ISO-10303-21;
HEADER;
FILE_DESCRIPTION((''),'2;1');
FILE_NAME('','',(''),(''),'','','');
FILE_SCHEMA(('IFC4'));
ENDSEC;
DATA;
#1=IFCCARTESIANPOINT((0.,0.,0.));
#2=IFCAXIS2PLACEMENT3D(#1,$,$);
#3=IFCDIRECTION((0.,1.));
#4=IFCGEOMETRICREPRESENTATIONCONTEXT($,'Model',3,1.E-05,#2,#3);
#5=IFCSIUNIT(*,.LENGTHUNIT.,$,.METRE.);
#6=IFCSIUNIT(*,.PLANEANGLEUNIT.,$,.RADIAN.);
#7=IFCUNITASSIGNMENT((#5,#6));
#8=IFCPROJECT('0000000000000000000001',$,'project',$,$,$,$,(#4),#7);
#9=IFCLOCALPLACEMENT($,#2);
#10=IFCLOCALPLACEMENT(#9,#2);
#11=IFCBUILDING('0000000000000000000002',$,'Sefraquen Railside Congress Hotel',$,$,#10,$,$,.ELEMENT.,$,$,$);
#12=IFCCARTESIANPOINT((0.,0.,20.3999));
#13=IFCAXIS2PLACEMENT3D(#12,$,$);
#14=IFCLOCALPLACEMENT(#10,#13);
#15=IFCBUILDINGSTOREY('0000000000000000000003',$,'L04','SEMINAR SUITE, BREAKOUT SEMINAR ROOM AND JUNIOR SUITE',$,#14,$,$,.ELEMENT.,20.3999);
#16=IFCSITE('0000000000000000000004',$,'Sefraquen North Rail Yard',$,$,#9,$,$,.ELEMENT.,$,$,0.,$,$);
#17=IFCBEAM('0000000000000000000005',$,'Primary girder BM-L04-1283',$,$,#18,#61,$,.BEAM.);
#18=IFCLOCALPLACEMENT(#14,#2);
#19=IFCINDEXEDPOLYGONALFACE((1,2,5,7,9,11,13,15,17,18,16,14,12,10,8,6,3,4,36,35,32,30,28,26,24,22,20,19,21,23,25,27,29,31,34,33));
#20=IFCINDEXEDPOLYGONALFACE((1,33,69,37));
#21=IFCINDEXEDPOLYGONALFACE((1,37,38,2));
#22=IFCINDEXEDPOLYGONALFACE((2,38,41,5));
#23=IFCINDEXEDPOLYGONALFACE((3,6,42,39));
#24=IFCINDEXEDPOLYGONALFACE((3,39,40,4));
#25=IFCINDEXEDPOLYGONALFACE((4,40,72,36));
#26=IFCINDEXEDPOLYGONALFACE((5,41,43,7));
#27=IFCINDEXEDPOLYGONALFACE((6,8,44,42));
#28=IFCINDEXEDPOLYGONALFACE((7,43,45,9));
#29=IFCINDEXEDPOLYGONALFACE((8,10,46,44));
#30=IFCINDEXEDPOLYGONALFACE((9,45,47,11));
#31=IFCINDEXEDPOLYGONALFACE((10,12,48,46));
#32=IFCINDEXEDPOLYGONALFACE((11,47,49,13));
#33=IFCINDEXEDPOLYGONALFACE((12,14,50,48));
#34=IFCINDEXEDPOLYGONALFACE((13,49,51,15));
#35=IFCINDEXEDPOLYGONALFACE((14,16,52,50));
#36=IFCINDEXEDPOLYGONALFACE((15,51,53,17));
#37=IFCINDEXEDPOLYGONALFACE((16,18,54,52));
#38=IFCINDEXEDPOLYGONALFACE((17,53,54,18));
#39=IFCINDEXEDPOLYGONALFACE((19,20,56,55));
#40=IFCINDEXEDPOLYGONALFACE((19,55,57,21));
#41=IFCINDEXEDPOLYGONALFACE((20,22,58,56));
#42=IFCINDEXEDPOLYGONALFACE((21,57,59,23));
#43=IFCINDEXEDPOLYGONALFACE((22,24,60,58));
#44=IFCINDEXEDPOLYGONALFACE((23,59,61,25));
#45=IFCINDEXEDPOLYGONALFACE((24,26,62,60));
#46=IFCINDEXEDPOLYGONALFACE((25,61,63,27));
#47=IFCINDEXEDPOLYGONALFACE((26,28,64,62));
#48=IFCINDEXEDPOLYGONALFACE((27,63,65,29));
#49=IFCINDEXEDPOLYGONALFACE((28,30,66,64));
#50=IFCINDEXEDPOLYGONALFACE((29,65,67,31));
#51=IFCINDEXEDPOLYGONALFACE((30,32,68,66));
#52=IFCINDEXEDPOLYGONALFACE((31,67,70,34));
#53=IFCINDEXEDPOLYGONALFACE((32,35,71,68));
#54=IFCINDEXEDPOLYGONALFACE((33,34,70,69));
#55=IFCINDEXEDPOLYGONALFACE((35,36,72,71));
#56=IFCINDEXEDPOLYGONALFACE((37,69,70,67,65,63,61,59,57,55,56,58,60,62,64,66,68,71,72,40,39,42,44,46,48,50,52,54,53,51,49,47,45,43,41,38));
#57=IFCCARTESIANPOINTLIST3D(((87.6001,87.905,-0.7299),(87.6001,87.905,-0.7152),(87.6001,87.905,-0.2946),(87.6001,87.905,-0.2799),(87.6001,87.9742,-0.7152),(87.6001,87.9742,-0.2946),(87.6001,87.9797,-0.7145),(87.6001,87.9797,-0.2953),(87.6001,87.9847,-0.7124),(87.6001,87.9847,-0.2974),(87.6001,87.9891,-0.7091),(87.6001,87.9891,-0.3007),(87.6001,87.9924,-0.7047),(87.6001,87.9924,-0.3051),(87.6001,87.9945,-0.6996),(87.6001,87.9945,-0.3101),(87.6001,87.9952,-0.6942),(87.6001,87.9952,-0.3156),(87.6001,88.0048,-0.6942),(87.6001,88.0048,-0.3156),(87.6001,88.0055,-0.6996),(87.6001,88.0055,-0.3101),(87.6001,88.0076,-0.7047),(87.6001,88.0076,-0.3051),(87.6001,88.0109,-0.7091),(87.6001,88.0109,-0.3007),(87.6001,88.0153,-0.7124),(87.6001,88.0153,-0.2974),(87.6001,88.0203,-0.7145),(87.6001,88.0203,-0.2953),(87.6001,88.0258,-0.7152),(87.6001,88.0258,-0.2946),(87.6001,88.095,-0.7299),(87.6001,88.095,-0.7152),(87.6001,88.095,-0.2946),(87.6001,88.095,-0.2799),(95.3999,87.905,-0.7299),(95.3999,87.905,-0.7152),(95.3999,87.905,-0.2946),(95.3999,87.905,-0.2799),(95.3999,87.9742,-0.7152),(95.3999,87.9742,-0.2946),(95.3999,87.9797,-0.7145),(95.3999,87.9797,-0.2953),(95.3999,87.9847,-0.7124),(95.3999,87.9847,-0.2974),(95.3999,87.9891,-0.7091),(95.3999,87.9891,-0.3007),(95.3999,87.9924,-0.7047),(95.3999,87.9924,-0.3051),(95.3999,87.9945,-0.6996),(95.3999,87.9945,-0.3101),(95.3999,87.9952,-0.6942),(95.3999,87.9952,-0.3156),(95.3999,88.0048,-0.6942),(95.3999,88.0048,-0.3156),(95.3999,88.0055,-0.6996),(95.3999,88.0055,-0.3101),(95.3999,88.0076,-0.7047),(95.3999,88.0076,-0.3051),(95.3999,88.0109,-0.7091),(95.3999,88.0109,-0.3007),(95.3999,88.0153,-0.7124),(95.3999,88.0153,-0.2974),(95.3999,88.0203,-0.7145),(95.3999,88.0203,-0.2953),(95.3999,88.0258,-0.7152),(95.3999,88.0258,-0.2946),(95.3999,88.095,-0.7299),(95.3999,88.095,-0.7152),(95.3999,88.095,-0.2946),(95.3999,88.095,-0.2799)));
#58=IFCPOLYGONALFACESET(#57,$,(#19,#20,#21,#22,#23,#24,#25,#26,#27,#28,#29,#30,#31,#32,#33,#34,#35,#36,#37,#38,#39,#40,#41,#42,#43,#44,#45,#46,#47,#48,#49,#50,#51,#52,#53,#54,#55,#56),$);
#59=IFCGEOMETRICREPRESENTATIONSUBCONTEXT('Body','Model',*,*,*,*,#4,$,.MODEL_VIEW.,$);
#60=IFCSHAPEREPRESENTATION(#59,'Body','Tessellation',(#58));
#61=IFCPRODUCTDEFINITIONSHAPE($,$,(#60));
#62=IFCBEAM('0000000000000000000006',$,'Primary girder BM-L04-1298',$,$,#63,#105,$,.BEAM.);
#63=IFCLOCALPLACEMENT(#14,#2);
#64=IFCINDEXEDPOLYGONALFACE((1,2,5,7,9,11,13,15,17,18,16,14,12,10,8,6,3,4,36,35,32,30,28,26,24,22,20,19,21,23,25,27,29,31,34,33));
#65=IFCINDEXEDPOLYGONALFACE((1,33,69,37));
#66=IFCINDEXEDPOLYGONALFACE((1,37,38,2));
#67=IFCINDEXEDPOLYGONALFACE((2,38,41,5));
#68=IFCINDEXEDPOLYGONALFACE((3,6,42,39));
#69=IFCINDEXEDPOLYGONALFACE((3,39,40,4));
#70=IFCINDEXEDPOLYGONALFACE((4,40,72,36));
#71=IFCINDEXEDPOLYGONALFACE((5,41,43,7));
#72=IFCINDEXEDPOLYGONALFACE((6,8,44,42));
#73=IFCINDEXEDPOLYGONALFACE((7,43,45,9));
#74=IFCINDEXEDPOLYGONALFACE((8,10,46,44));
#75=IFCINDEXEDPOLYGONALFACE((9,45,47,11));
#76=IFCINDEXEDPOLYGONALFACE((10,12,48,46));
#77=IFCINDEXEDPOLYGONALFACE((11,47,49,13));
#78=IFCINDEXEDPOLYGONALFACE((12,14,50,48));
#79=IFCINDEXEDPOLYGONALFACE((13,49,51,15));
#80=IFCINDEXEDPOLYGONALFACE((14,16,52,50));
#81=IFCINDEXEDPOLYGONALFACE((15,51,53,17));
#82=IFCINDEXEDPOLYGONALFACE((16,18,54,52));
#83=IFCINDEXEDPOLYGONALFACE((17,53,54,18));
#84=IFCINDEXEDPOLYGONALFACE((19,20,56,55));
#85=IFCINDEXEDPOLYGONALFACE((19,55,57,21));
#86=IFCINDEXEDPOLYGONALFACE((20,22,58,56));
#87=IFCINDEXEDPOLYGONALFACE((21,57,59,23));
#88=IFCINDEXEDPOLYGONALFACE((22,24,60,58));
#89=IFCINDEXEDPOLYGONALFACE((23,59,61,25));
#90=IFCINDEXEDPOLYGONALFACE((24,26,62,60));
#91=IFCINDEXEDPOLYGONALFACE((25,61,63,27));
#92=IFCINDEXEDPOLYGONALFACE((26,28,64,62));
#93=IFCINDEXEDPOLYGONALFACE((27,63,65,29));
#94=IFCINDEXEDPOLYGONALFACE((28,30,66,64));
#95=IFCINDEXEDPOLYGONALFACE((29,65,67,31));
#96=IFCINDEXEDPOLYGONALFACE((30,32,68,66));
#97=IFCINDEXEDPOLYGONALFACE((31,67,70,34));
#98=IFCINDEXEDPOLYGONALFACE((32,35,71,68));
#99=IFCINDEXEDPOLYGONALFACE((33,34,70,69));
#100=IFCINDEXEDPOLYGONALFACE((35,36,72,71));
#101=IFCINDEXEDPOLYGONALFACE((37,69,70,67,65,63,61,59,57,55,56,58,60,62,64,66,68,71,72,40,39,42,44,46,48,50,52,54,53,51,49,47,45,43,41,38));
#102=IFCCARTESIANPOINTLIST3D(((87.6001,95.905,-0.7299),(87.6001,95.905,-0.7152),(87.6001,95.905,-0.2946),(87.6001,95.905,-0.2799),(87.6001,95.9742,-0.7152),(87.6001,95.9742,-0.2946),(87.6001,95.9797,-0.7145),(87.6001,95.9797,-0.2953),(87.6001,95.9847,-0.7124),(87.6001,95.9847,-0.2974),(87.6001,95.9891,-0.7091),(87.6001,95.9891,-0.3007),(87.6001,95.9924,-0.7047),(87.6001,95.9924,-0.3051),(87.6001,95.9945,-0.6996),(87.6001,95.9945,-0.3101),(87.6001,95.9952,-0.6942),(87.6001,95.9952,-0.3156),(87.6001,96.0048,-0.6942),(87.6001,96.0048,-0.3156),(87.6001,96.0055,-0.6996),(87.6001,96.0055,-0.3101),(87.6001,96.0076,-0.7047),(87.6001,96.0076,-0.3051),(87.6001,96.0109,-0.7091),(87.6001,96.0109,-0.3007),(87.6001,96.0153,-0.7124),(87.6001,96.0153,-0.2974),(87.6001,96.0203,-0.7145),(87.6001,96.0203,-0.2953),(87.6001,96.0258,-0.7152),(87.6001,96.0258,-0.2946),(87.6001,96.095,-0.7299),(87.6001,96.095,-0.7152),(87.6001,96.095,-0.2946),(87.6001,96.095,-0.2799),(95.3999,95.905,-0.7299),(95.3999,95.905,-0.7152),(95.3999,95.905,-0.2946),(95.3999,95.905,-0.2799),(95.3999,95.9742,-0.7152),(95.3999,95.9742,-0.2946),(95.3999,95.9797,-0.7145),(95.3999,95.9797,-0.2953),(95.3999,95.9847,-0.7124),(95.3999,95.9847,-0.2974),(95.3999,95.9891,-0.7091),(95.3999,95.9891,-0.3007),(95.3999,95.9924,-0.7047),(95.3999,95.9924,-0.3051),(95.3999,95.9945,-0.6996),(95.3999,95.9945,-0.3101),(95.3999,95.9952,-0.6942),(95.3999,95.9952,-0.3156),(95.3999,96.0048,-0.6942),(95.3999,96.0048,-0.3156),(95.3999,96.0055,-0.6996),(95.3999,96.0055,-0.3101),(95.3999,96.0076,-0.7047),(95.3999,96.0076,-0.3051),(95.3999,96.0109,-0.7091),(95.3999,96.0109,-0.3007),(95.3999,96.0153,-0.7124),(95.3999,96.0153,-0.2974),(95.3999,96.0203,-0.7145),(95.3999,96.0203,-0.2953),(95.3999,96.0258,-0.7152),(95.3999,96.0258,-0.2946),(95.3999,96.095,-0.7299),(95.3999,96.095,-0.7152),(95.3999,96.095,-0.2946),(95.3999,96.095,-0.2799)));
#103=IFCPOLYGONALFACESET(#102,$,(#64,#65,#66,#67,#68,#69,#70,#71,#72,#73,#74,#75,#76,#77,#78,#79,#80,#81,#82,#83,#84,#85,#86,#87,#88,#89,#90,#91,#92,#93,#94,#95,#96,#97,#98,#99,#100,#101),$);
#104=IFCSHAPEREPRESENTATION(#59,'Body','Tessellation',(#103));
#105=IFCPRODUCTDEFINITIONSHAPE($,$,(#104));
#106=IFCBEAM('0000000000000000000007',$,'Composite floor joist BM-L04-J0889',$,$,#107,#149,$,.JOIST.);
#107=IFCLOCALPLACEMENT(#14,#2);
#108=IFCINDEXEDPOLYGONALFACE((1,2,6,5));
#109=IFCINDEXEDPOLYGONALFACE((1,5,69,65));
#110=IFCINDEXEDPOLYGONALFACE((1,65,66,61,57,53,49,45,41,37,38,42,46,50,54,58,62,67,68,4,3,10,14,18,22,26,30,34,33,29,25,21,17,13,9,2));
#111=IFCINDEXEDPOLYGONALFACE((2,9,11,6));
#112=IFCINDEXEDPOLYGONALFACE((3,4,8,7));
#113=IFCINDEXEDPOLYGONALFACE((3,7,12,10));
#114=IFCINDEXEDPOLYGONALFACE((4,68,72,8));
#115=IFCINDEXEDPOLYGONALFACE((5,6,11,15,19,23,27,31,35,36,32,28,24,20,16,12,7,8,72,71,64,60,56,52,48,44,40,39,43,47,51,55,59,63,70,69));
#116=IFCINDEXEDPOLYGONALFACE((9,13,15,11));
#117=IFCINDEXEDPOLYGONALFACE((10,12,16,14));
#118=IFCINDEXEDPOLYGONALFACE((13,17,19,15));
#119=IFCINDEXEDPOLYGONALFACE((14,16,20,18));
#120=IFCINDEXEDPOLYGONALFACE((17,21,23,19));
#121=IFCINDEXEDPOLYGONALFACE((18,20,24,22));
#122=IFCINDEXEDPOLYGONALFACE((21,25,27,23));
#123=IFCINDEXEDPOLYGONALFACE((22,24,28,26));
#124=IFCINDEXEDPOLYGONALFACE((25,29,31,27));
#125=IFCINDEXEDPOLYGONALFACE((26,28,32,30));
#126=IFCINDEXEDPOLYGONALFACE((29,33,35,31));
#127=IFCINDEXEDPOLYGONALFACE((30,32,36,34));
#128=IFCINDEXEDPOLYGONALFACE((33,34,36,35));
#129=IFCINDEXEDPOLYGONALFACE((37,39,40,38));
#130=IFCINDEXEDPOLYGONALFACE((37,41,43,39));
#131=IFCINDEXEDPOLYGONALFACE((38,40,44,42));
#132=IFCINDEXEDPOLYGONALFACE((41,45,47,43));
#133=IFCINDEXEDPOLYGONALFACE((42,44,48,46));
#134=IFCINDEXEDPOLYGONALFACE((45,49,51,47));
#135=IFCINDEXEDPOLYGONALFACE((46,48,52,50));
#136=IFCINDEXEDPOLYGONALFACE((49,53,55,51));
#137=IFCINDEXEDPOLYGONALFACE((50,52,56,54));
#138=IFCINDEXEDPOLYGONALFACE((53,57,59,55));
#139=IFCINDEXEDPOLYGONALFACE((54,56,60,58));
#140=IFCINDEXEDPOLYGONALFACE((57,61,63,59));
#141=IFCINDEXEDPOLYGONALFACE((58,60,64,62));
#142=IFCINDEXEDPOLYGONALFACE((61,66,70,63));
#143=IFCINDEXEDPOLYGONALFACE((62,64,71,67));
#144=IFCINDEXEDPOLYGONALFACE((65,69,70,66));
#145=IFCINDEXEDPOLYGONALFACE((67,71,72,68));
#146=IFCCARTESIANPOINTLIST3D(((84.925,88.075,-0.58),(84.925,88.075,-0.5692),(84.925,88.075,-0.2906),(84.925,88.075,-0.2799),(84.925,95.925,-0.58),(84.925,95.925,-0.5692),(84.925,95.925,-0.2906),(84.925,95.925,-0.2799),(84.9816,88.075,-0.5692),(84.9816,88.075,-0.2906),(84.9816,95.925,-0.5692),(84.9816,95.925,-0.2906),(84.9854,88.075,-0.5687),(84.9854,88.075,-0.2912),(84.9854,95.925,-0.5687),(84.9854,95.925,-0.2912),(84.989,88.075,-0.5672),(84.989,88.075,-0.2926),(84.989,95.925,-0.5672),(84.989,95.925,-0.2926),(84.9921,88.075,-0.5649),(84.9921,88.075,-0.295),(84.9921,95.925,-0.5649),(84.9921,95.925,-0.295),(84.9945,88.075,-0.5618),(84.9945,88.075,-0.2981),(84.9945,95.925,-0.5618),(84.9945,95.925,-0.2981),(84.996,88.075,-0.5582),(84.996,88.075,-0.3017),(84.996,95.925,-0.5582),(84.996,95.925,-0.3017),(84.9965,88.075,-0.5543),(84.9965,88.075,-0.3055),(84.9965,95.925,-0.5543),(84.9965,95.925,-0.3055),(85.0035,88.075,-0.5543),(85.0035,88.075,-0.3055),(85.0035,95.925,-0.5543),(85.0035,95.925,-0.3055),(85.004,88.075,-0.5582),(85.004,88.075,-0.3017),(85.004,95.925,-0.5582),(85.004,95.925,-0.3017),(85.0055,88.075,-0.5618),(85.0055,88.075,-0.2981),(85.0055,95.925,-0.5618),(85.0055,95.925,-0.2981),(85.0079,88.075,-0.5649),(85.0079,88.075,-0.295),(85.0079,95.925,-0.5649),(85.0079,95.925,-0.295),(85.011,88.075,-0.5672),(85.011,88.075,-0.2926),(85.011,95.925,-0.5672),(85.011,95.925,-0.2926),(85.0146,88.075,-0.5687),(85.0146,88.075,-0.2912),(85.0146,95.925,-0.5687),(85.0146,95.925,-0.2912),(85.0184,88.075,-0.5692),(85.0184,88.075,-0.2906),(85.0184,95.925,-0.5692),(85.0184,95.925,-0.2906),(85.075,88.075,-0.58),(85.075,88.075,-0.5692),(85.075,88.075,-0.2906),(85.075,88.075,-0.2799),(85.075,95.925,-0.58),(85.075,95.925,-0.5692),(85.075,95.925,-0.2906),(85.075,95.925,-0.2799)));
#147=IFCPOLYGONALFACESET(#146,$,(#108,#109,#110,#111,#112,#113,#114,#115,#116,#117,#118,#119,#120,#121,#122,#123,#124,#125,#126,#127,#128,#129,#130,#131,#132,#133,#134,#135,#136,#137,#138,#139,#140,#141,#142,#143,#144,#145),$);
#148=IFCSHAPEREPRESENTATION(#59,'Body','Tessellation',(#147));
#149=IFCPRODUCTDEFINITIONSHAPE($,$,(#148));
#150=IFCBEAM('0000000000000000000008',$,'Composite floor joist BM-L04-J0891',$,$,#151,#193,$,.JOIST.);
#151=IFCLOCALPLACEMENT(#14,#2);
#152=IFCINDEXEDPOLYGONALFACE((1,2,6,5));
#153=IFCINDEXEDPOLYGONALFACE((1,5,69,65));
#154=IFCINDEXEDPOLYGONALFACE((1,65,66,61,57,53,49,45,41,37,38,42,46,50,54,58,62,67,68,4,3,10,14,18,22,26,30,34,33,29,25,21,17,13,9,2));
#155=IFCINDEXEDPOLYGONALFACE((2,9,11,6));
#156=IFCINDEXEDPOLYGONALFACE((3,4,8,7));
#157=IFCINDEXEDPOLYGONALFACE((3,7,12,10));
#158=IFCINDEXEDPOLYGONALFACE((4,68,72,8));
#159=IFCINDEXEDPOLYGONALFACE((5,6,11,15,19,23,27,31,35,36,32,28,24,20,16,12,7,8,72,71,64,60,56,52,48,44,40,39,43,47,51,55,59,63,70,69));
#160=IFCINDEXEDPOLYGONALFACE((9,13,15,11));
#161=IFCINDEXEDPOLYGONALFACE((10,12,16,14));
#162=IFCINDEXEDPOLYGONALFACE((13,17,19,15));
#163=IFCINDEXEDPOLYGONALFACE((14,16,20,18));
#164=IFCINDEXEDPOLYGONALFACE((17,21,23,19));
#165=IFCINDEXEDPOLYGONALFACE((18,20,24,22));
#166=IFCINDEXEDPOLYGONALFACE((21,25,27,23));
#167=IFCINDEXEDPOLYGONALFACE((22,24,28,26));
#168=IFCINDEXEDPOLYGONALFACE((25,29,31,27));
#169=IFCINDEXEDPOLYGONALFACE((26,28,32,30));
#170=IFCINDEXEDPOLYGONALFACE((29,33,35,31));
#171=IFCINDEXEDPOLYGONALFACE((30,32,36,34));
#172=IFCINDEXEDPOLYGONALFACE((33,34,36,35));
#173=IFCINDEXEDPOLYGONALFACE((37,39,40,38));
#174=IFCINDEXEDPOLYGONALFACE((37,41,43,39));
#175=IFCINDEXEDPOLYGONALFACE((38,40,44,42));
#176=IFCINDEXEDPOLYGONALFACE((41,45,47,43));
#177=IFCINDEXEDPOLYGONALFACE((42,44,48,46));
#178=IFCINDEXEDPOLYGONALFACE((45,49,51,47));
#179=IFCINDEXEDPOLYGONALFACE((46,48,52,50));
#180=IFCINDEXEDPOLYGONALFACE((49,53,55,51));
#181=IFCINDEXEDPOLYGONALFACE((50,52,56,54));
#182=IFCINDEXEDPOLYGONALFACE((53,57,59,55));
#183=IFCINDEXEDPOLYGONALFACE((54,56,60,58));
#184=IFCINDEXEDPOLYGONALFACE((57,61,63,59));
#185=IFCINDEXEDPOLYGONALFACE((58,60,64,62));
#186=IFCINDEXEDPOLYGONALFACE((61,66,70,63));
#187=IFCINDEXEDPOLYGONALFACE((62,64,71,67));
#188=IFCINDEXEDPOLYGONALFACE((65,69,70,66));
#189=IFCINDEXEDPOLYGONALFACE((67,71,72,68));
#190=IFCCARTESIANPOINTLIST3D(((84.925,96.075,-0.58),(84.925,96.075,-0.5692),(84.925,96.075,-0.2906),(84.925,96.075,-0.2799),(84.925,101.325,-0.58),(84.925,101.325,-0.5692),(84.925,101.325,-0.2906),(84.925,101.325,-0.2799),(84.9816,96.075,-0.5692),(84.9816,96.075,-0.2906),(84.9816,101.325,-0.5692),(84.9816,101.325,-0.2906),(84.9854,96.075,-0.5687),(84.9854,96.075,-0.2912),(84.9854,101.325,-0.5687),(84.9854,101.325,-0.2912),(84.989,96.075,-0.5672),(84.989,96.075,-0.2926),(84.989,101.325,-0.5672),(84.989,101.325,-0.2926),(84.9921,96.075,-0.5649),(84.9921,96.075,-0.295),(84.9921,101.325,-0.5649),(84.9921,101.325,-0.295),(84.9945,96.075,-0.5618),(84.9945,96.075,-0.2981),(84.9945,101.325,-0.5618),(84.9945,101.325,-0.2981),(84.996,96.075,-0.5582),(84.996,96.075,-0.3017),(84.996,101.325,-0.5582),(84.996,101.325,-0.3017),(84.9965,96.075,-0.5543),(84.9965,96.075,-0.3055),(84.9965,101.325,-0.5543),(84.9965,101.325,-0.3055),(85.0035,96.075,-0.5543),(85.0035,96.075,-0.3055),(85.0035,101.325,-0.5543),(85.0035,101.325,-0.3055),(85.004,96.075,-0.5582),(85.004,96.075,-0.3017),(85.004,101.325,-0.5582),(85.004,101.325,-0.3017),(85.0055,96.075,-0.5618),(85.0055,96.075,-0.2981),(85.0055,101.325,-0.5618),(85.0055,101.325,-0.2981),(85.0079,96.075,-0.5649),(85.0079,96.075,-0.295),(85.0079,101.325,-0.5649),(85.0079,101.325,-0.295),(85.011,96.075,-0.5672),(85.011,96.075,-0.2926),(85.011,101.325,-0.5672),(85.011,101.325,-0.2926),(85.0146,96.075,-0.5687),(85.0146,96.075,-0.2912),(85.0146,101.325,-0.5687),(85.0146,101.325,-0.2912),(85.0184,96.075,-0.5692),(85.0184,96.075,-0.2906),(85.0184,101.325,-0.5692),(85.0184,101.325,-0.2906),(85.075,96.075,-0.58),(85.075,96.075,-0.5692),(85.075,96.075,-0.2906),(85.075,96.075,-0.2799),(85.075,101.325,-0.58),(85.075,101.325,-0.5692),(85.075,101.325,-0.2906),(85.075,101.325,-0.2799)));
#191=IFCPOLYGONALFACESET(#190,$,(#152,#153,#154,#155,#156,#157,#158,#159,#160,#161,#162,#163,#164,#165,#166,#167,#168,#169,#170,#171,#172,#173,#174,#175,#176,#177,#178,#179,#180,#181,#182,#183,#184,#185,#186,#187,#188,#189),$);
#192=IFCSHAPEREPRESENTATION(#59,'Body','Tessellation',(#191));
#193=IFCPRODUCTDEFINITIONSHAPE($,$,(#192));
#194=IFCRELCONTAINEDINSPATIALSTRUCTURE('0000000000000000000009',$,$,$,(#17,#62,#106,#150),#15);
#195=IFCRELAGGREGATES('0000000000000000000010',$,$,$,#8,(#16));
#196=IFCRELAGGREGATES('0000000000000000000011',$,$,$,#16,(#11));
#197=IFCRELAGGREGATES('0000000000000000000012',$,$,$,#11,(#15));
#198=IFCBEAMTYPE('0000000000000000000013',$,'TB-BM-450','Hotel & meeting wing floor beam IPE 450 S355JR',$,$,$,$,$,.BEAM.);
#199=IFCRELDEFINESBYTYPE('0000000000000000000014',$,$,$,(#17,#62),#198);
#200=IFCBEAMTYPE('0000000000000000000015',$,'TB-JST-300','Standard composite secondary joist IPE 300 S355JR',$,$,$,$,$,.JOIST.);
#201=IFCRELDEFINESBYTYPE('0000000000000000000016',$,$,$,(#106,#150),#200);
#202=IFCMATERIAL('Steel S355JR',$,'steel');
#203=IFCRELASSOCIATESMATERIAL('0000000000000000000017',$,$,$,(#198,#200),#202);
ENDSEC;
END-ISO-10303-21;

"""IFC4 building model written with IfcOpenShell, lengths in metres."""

from ifc_helpers import new_model, si_unit, direction, frame, origin, origin_2d, place, context, subcontext, project, spatial, i_section, extrude, material, material_profile, profile_set, type_object, element, save


model = new_model("IFC4")

# Units and contexts
model_context = context("Model", 3, precision=1e-05, world=origin(), true_north=direction((0.0, 1.0)))
body_context = subcontext(model_context, "Body", "Model", "MODEL_VIEW")
ifc_project = project(units=[si_unit("LENGTHUNIT", "METRE"), si_unit("PLANEANGLEUNIT", "RADIAN")], contexts=[model_context])

# Site, building, storey
site_placement = place(None, origin())
site = spatial("IfcSite", under=ifc_project, at=site_placement, Name="Sefraquen North Rail Yard", CompositionType="ELEMENT", RefElevation=0.0)
building_placement = place(site_placement, origin())
building = spatial("IfcBuilding", under=site, at=building_placement, Name="Sefraquen Railside Congress Hotel", CompositionType="ELEMENT")
storey_placement = place(building_placement, frame((0.0, 0.0, 20.3999)))
storey = spatial("IfcBuildingStorey", under=building, at=storey_placement, Name="L04", Description="SEMINAR SUITE, BREAKOUT SEMINAR ROOM AND JUNIOR SUITE", CompositionType="ELEMENT", Elevation=20.3999)

# Shared definitions
ifc_material_1 = material(Name="Steel S355JR", Category="steel")

# Beams
ifc_material_profile_1 = material_profile(ifc_material_1, i_section(OverallWidth=0.1899, OverallDepth=0.45, WebThickness=0.0095, FlangeThickness=0.0146, FilletRadius=0.021, at=origin_2d()), Name="IPE 450")
ifc_profile_set_1 = profile_set([ifc_material_profile_1], Name="Steel S355JR")
beam_type_1 = type_object("IfcBeamType", Name="TB-BM-450", Description="Hotel & meeting wing floor beam IPE 450 S355JR", PredefinedType="BEAM", material=ifc_profile_set_1)
for number, where, z_axis, x_axis, name in (
    (1, (87.6001, 88.0, -0.5049), (1.0, 0.0, 0.0), (0.0, 1.0, 0.0), "Primary girder BM-L04-1283"),
    (2, (87.6001, 96.0, -0.5049), (1.0, 0.0, 0.0), (0.0, 1.0, 0.0), "Primary girder BM-L04-1298"),
):
    element("IfcBeam", number, at=place(storey_placement, frame(where, z_axis=z_axis, x_axis=x_axis)), inside=storey, type_object=beam_type_1, Name=name, PredefinedType="BEAM", context=body_context, shape_type="SweptSolid", body=[
        extrude(i_section(OverallWidth=0.1899, OverallDepth=0.45, WebThickness=0.0095, FlangeThickness=0.0146, FilletRadius=0.021, at=origin_2d()), origin(), (0.0, 0.0, 1.0), 7.7998),
    ])
ifc_material_profile_2 = material_profile(ifc_material_1, i_section(OverallWidth=0.1499, OverallDepth=0.3, WebThickness=0.0071, FlangeThickness=0.0107, FilletRadius=0.0149, at=origin_2d()), Name="IPE 300")
ifc_profile_set_2 = profile_set([ifc_material_profile_2], Name="Steel S355JR")
beam_type_2 = type_object("IfcBeamType", Name="TB-JST-300", Description="Standard composite secondary joist IPE 300 S355JR", PredefinedType="JOIST", material=ifc_profile_set_2)
beam_1_placement = place(storey_placement, frame((85.0, 88.075, -0.4299), z_axis=(0.0, 1.0, 0.0), x_axis=(-1.0, 0.0, 0.0)))
element("IfcBeam", 3, at=beam_1_placement, inside=storey, type_object=beam_type_2, Name="Composite floor joist BM-L04-J0889", PredefinedType="JOIST", context=body_context, shape_type="SweptSolid", body=[
    extrude(i_section(OverallWidth=0.1499, OverallDepth=0.3, WebThickness=0.0071, FlangeThickness=0.0107, FilletRadius=0.0149, at=origin_2d()), origin(), (0.0, 0.0, 1.0), 7.8501),
])
beam_2_placement = place(storey_placement, frame((85.0, 96.075, -0.4299), z_axis=(0.0, 1.0, 0.0), x_axis=(-1.0, 0.0, 0.0)))
element("IfcBeam", 4, at=beam_2_placement, inside=storey, type_object=beam_type_2, Name="Composite floor joist BM-L04-J0891", PredefinedType="JOIST", context=body_context, shape_type="SweptSolid", body=[
    extrude(i_section(OverallWidth=0.1499, OverallDepth=0.3, WebThickness=0.0071, FlangeThickness=0.0107, FilletRadius=0.0149, at=origin_2d()), origin(), (0.0, 0.0, 1.0), 5.25),
])

save(model, "model.ifc")
